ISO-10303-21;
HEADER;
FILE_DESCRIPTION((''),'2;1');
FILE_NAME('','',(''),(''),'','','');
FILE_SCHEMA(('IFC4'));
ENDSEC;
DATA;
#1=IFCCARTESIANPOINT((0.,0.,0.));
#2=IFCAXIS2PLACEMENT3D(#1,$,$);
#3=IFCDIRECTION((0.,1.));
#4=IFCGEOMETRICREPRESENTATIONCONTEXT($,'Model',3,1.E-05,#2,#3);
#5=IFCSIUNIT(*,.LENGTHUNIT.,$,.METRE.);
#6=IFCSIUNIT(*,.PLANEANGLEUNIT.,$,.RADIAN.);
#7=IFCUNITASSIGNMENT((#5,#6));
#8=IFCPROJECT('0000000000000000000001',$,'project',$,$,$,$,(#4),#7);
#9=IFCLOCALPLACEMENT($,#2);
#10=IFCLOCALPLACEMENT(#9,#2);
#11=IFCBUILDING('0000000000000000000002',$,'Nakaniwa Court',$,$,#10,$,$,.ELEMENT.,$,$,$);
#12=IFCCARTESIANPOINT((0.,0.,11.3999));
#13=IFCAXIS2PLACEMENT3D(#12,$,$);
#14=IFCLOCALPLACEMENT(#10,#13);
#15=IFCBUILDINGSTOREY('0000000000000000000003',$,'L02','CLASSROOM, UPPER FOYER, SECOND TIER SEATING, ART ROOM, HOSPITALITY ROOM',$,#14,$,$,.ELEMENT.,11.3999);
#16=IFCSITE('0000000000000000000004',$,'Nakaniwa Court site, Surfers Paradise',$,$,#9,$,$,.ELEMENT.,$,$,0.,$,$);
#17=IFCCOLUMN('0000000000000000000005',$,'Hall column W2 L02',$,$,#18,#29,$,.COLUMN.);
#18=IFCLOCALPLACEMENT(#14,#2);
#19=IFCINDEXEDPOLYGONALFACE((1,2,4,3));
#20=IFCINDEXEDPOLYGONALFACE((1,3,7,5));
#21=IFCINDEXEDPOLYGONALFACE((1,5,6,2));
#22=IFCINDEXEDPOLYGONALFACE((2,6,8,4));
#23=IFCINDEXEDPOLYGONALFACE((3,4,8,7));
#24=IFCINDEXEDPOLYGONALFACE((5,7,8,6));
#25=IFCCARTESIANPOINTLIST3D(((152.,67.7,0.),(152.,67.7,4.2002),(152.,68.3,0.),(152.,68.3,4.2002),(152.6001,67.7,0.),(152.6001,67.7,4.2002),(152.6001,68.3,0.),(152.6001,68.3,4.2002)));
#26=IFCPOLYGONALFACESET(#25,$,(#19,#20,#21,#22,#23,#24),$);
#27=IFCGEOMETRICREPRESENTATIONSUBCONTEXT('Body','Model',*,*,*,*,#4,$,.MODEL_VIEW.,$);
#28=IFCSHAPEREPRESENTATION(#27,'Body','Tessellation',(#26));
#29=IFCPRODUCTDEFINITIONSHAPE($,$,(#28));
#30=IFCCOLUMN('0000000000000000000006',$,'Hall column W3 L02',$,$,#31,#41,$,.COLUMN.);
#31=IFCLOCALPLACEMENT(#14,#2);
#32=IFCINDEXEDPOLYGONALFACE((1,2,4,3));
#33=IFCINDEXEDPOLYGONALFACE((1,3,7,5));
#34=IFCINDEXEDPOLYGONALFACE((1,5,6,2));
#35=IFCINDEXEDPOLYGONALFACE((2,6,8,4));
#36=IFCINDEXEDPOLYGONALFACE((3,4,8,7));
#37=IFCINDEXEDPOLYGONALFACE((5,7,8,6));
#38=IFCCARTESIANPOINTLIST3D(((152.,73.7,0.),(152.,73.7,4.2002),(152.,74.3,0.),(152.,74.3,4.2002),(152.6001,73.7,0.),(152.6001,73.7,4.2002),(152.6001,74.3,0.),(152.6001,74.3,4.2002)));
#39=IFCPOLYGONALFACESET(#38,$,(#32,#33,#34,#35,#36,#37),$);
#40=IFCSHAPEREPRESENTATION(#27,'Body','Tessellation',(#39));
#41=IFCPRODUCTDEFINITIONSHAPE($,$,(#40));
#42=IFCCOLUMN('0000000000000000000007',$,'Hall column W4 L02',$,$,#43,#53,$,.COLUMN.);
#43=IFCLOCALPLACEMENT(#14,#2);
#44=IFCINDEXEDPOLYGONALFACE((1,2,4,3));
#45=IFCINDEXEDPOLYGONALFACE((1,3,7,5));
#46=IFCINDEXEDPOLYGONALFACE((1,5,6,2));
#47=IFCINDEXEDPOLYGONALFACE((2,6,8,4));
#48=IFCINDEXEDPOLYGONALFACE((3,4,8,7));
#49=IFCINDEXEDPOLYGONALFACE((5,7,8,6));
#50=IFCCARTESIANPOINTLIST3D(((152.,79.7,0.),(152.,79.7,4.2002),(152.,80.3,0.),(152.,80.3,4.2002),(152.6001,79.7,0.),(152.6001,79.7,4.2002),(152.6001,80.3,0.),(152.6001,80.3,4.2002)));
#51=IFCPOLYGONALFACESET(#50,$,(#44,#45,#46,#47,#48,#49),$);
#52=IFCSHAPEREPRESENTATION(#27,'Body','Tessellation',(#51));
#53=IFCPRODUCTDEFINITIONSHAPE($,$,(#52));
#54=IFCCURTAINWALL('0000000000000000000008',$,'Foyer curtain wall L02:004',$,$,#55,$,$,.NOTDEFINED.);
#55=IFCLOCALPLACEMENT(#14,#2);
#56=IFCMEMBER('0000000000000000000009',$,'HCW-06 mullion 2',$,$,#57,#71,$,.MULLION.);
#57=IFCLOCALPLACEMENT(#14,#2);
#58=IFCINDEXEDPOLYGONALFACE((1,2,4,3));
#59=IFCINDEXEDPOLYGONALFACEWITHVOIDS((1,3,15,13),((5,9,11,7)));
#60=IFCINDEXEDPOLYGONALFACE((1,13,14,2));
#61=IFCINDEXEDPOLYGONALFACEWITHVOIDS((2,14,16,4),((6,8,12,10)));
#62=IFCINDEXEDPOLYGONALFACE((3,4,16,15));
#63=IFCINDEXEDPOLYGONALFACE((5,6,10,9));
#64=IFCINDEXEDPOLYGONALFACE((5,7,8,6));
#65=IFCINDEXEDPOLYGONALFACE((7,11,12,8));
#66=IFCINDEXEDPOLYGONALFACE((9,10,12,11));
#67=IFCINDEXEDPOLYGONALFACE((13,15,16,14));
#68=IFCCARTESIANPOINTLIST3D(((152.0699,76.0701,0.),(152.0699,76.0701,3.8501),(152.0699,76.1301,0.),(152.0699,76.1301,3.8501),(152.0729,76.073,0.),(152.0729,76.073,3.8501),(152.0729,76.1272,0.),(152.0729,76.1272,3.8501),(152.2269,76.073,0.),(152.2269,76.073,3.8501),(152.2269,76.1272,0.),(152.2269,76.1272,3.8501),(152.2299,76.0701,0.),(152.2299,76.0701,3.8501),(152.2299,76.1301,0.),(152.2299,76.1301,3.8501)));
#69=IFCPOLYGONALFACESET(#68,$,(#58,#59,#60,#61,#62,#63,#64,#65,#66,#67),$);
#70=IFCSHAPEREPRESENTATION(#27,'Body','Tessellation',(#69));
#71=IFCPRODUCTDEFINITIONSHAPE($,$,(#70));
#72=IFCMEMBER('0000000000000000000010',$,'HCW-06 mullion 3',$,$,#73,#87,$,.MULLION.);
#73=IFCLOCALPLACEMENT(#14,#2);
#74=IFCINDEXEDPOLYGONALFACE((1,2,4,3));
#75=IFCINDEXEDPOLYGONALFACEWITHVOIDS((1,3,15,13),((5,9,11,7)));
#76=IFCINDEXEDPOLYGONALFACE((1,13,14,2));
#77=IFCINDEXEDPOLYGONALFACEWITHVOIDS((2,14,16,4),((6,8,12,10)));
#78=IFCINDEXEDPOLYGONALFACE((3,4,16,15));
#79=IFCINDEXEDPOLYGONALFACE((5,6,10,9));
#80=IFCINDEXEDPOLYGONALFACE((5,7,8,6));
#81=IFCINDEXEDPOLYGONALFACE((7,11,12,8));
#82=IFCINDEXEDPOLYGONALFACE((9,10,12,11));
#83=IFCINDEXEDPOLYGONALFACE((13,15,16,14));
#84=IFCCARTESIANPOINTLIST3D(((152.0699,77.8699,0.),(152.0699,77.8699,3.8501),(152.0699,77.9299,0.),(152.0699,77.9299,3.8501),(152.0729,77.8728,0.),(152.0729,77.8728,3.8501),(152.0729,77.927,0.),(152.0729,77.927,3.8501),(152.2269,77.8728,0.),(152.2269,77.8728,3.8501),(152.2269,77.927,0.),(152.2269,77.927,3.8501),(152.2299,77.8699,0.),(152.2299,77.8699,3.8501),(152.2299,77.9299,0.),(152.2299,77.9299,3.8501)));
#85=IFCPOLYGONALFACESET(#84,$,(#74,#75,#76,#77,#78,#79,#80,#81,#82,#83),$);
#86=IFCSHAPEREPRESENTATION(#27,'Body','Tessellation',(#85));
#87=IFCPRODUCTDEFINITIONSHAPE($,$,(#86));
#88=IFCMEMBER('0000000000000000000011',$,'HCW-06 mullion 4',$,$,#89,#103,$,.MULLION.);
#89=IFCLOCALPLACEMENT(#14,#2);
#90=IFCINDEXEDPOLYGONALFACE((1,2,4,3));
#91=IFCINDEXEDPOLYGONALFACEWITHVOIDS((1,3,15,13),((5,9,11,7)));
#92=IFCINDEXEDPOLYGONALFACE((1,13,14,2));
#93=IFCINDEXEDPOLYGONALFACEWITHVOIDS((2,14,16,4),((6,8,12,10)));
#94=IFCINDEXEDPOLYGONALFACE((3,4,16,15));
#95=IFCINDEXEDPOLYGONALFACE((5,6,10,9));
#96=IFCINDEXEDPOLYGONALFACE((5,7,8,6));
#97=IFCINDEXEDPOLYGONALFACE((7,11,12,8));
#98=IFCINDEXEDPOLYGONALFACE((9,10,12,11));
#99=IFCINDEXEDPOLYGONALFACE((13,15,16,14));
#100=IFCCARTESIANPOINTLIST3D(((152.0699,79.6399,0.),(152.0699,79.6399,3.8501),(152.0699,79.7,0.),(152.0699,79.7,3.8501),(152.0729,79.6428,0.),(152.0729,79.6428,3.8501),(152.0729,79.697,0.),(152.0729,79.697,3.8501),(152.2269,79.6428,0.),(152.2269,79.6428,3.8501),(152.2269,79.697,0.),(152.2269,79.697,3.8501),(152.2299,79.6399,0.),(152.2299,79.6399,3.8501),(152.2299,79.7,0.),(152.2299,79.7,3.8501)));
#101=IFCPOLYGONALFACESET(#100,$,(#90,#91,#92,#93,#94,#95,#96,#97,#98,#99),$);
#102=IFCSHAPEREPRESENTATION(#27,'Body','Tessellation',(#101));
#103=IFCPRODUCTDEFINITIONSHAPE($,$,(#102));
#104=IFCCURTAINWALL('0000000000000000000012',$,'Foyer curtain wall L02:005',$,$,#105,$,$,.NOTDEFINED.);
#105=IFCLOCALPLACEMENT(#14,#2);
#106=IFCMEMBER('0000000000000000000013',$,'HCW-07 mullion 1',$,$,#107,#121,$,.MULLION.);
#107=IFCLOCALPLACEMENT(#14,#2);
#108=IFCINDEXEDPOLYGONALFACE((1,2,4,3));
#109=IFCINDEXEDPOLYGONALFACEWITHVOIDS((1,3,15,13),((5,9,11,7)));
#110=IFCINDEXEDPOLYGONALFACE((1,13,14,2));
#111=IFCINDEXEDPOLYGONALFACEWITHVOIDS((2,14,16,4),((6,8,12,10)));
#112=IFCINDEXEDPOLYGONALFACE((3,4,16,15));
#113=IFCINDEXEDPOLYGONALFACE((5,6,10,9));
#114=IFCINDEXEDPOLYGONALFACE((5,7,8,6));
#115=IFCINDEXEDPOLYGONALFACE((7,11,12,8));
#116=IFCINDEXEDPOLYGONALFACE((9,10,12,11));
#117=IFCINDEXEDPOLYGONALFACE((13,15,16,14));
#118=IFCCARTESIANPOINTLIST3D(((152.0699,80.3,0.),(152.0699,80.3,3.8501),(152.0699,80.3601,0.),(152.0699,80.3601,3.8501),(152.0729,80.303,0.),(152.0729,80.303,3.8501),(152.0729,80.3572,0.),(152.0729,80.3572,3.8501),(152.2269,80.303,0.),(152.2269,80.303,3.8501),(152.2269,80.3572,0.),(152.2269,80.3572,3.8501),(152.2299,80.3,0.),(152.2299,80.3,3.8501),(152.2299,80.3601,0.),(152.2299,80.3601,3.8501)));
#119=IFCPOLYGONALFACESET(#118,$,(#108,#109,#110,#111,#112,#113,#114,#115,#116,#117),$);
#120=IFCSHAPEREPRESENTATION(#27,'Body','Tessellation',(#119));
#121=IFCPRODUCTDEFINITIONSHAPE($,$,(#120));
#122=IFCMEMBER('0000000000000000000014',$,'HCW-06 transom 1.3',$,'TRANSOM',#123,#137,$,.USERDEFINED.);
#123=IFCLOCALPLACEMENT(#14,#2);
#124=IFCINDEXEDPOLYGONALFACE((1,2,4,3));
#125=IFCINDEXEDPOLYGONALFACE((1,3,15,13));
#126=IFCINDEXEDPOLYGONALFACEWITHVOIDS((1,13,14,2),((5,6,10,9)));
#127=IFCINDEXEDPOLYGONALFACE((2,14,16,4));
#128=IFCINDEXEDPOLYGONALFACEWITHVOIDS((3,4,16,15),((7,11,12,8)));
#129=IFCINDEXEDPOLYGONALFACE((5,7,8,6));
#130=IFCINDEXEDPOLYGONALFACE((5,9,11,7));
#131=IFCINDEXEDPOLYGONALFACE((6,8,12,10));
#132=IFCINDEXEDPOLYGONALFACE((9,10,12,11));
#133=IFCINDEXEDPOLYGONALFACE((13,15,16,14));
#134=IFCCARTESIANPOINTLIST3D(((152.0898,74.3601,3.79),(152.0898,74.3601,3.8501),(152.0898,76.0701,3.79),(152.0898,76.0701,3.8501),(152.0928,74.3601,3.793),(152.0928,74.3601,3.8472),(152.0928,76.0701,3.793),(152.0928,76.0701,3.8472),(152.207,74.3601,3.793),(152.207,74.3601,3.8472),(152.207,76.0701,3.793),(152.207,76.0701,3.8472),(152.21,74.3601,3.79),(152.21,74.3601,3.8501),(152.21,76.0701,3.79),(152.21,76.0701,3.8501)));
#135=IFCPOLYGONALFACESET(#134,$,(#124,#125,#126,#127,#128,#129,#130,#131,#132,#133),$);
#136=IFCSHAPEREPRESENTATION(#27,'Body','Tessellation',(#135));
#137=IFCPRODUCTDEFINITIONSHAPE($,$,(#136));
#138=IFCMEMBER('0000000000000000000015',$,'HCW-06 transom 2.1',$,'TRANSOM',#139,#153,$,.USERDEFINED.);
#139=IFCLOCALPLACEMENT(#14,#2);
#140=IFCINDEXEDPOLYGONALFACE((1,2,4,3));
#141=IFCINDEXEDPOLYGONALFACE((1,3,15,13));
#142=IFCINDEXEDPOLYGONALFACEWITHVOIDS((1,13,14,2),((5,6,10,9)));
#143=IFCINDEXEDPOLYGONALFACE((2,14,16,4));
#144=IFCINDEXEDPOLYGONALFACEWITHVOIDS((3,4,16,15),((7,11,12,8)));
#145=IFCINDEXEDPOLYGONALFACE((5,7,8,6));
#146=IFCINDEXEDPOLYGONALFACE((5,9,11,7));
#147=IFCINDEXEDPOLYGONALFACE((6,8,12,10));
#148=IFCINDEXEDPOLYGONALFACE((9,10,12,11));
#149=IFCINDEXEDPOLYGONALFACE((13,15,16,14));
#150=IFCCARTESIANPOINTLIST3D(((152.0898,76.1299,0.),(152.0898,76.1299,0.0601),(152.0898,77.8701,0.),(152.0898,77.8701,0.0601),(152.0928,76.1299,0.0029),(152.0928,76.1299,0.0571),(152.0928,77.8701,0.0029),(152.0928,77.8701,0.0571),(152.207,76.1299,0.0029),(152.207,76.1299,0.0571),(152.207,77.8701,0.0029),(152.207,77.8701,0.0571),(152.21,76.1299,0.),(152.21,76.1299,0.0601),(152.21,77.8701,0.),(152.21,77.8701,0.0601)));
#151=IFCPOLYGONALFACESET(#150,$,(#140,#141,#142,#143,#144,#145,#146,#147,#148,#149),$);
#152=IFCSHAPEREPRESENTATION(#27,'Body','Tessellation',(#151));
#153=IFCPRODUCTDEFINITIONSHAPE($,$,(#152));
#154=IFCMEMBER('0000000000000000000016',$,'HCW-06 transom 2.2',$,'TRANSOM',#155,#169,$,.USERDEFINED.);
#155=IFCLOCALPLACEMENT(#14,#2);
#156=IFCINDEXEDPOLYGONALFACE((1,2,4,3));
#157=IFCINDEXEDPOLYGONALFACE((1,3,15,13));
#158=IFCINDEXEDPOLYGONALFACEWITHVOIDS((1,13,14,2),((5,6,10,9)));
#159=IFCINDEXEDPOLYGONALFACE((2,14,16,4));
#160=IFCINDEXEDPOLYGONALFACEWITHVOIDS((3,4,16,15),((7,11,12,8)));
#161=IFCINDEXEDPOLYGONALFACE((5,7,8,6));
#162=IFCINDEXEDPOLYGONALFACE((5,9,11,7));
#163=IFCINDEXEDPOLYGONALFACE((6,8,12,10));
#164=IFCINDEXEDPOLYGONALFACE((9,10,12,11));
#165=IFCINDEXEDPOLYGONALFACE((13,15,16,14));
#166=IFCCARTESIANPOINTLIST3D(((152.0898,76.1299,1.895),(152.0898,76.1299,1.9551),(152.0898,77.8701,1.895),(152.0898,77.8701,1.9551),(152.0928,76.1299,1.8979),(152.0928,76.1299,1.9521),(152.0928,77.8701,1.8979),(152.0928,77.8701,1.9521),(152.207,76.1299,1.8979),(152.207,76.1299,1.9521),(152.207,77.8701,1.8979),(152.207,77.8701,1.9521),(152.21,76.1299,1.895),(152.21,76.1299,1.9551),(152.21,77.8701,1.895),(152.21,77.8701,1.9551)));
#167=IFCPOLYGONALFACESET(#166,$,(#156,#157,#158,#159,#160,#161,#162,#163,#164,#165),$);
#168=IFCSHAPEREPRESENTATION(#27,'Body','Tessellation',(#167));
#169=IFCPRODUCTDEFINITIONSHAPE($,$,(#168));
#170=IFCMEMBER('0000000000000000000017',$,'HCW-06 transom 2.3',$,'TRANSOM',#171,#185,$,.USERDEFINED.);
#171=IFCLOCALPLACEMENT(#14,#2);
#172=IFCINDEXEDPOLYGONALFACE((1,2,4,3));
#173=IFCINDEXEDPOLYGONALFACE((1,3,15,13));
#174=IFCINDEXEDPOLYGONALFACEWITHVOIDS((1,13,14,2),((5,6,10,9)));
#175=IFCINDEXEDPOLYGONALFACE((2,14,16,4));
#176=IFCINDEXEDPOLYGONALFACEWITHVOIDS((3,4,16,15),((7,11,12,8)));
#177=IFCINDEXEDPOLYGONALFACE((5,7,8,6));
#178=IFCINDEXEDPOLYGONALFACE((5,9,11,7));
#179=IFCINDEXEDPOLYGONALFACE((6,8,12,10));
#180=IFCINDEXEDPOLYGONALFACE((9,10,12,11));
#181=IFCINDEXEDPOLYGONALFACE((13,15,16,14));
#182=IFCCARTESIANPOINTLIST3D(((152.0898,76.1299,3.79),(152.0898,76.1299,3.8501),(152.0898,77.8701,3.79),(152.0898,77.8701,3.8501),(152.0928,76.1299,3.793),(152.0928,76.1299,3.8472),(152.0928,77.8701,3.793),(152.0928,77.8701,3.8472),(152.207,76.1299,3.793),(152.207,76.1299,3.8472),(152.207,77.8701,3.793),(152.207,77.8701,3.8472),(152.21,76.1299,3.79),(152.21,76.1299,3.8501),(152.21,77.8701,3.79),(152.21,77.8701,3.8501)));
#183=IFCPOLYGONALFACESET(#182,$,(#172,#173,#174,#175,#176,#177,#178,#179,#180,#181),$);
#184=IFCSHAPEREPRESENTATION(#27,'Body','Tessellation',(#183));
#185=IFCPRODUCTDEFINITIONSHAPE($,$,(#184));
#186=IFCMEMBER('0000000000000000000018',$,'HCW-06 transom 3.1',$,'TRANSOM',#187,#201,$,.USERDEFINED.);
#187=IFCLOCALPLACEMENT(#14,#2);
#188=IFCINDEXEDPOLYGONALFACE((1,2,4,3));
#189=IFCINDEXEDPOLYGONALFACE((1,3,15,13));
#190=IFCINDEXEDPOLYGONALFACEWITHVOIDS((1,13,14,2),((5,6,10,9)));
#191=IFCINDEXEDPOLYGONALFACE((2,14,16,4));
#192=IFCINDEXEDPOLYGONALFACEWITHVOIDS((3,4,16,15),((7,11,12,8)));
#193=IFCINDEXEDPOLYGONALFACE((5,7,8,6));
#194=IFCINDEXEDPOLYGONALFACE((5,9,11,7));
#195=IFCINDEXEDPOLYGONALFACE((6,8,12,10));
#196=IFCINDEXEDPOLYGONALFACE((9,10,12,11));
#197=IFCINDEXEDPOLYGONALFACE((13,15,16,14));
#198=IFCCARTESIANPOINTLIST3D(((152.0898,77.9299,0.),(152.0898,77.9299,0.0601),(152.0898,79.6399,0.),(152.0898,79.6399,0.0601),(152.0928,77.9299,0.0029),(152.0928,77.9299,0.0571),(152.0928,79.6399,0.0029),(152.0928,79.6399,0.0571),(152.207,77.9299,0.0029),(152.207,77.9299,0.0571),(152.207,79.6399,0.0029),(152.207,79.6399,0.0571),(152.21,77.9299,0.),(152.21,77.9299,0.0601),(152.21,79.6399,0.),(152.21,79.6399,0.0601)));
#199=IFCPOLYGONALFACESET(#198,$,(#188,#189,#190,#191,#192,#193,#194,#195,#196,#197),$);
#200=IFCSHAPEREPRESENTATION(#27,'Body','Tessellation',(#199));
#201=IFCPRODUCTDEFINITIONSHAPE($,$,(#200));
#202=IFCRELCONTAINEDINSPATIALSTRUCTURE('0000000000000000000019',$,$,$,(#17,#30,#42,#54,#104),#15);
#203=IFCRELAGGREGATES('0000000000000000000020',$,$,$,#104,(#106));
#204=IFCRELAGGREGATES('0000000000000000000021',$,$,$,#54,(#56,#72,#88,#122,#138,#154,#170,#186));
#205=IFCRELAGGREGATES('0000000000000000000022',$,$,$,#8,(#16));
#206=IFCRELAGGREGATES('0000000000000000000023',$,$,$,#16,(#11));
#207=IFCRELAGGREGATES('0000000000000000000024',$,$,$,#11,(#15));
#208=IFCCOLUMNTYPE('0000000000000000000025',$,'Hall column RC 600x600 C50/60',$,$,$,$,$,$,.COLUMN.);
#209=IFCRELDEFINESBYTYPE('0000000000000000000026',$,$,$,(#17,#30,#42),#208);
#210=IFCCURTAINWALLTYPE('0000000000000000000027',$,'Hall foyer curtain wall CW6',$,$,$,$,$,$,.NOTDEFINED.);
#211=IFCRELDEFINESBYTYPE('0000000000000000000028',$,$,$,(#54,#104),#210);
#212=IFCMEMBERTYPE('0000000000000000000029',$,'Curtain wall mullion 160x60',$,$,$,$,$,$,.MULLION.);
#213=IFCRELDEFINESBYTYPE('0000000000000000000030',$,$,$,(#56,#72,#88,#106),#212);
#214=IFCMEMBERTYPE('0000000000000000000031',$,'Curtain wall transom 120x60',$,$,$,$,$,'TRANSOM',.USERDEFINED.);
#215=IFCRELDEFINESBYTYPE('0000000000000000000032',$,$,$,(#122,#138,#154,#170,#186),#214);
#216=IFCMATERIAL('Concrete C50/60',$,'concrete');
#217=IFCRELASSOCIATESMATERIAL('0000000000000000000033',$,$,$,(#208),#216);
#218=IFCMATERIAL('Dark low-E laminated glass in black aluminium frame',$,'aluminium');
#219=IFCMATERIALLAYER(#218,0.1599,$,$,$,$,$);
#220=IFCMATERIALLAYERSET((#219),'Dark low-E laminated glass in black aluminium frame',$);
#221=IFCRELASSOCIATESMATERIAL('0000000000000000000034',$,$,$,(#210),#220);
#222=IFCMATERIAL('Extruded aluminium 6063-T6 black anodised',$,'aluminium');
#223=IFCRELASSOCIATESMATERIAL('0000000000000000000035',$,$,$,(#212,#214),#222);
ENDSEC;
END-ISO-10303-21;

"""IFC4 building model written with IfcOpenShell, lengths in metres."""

from ifc_helpers import new_model, si_unit, direction, frame, origin, origin_2d, place, context, subcontext, project, spatial, rectangle, hollow_rectangle, extrude, material, layer, layer_set, material_profile, profile_set, type_object, element, aggregate, save


model = new_model("IFC4")

# Units and contexts
model_context = context("Model", 3, precision=1e-05, world=origin(), true_north=direction((0.0, 1.0)))
body_context = subcontext(model_context, "Body", "Model", "MODEL_VIEW")
ifc_project = project(units=[si_unit("LENGTHUNIT", "METRE"), si_unit("PLANEANGLEUNIT", "RADIAN")], contexts=[model_context])

# Site, building, storey
site_placement = place(None, origin())
site = spatial("IfcSite", under=ifc_project, at=site_placement, Name="Nakaniwa Court site, Surfers Paradise", CompositionType="ELEMENT", RefElevation=0.0)
building_placement = place(site_placement, origin())
building = spatial("IfcBuilding", under=site, at=building_placement, Name="Nakaniwa Court", CompositionType="ELEMENT")
storey_placement = place(building_placement, frame((0.0, 0.0, 11.3999)))
storey = spatial("IfcBuildingStorey", under=building, at=storey_placement, Name="L02", Description="CLASSROOM, UPPER FOYER, SECOND TIER SEATING, ART ROOM, HOSPITALITY ROOM", CompositionType="ELEMENT", Elevation=11.3999)

# Columns
ifc_material_1 = material(Name="Concrete C50/60", Category="concrete")
ifc_material_profile_1 = material_profile(ifc_material_1, rectangle(XDim=0.6001, YDim=0.6001, at=origin_2d()), Name="RC 600x600")
ifc_profile_set_1 = profile_set([ifc_material_profile_1], Name="Concrete C50/60")
column_type = type_object("IfcColumnType", Name="Hall column RC 600x600 C50/60", PredefinedType="COLUMN", material=ifc_profile_set_1)
for number, where, z_axis, x_axis, name in (
    (1, (152.3, 68.0, 0.0), (0.0, 0.0, 1.0), (1.0, 0.0, 0.0), "Hall column W2 L02"),
    (2, (152.3, 74.0, 0.0), (0.0, 0.0, 1.0), (1.0, 0.0, 0.0), "Hall column W3 L02"),
    (3, (152.3, 80.0, 0.0), (0.0, 0.0, 1.0), (1.0, 0.0, 0.0), "Hall column W4 L02"),
):
    element("IfcColumn", number, at=place(storey_placement, frame(where, z_axis=z_axis, x_axis=x_axis)), inside=storey, type_object=column_type, Name=name, PredefinedType="COLUMN", context=body_context, shape_type="SweptSolid", body=[
        extrude(rectangle(XDim=0.6001, YDim=0.6001, at=origin_2d()), origin(), (0.0, 0.0, 1.0), 4.2002),
    ])

# Curtain wall, members
ifc_material_2 = material(Name="Dark low-E laminated glass in black aluminium frame", Category="aluminium")
ifc_layer_1 = layer(ifc_material_2, 0.1599)
ifc_layer_set_1 = layer_set([ifc_layer_1], Name="Dark low-E laminated glass in black aluminium frame")
curtain_wall_type = type_object("IfcCurtainWallType", Name="Hall foyer curtain wall CW6", PredefinedType="NOTDEFINED", material=ifc_layer_set_1)
curtain_wall_1_placement = place(storey_placement, origin())
curtain_wall_1 = element("IfcCurtainWall", 4, at=curtain_wall_1_placement, inside=storey, type_object=curtain_wall_type, Name="Foyer curtain wall L02:004", PredefinedType="NOTDEFINED")
ifc_material_3 = material(Name="Extruded aluminium 6063-T6 black anodised", Category="aluminium")
ifc_material_profile_2 = material_profile(ifc_material_3, hollow_rectangle(XDim=0.1599, YDim=0.0601, WallThickness=0.0029, at=origin_2d()), Name="CW mullion 160x60")
ifc_profile_set_2 = profile_set([ifc_material_profile_2], Name="Extruded aluminium 6063-T6 black anodised")
member_type_1 = type_object("IfcMemberType", Name="Curtain wall mullion 160x60", PredefinedType="MULLION", material=ifc_profile_set_2)
member_1_placement = place(storey_placement, frame((152.1499, 76.1001, 0.0), z_axis=(0.0, 0.0, 1.0), x_axis=(-1.0, 0.0, 0.0)))
member_1 = element("IfcMember", 5, at=member_1_placement, type_object=member_type_1, Name="HCW-06 mullion 2", PredefinedType="MULLION", context=body_context, shape_type="SweptSolid", body=[
    extrude(hollow_rectangle(XDim=0.1599, YDim=0.0601, WallThickness=0.0029, at=origin_2d()), origin(), (0.0, 0.0, 1.0), 3.8501),
])
member_2_placement = place(storey_placement, frame((152.1499, 77.8999, 0.0), z_axis=(0.0, 0.0, 1.0), x_axis=(-1.0, 0.0, 0.0)))
member_2 = element("IfcMember", 6, at=member_2_placement, type_object=member_type_1, Name="HCW-06 mullion 3", PredefinedType="MULLION", context=body_context, shape_type="SweptSolid", body=[
    extrude(hollow_rectangle(XDim=0.1599, YDim=0.0601, WallThickness=0.0029, at=origin_2d()), origin(), (0.0, 0.0, 1.0), 3.8501),
])
member_3_placement = place(storey_placement, frame((152.1499, 79.6699, 0.0), z_axis=(0.0, 0.0, 1.0), x_axis=(-1.0, 0.0, 0.0)))
member_3 = element("IfcMember", 7, at=member_3_placement, type_object=member_type_1, Name="HCW-06 mullion 4", PredefinedType="MULLION", context=body_context, shape_type="SweptSolid", body=[
    extrude(hollow_rectangle(XDim=0.1599, YDim=0.0601, WallThickness=0.0029, at=origin_2d()), origin(), (0.0, 0.0, 1.0), 3.8501),
])

# Curtain wall, member
curtain_wall_2_placement = place(storey_placement, origin())
curtain_wall_2 = element("IfcCurtainWall", 8, at=curtain_wall_2_placement, inside=storey, type_object=curtain_wall_type, Name="Foyer curtain wall L02:005", PredefinedType="NOTDEFINED")
member_4_placement = place(storey_placement, frame((152.1499, 80.3301, 0.0), z_axis=(0.0, 0.0, 1.0), x_axis=(-1.0, 0.0, 0.0)))
member_4 = element("IfcMember", 9, at=member_4_placement, type_object=member_type_1, Name="HCW-07 mullion 1", PredefinedType="MULLION", context=body_context, shape_type="SweptSolid", body=[
    extrude(hollow_rectangle(XDim=0.1599, YDim=0.0601, WallThickness=0.0029, at=origin_2d()), origin(), (0.0, 0.0, 1.0), 3.8501),
])

# Members
ifc_material_profile_3 = material_profile(ifc_material_3, hollow_rectangle(XDim=0.1201, YDim=0.0601, WallThickness=0.0029, at=origin_2d()), Name="CW transom 120x60")
ifc_profile_set_3 = profile_set([ifc_material_profile_3], Name="Extruded aluminium 6063-T6 black anodised")
member_type_2 = type_object("IfcMemberType", Name="Curtain wall transom 120x60", ElementType="TRANSOM", PredefinedType="USERDEFINED", material=ifc_profile_set_3)
member_5_placement = place(storey_placement, frame((152.1499, 74.3601, 3.8201), z_axis=(0.0, 1.0, 0.0), x_axis=(-1.0, 0.0, 0.0)))
member_5 = element("IfcMember", 10, at=member_5_placement, type_object=member_type_2, Name="HCW-06 transom 1.3", ObjectType="TRANSOM", PredefinedType="USERDEFINED", context=body_context, shape_type="SweptSolid", body=[
    extrude(hollow_rectangle(XDim=0.1201, YDim=0.0601, WallThickness=0.0029, at=origin_2d()), origin(), (0.0, 0.0, 1.0), 1.71),
])
member_6_placement = place(storey_placement, frame((152.1499, 76.1299, 0.03), z_axis=(0.0, 1.0, 0.0), x_axis=(-1.0, 0.0, 0.0)))
member_6 = element("IfcMember", 11, at=member_6_placement, type_object=member_type_2, Name="HCW-06 transom 2.1", ObjectType="TRANSOM", PredefinedType="USERDEFINED", context=body_context, shape_type="SweptSolid", body=[
    extrude(hollow_rectangle(XDim=0.1201, YDim=0.0601, WallThickness=0.0029, at=origin_2d()), origin(), (0.0, 0.0, 1.0), 1.7402),
])
member_7_placement = place(storey_placement, frame((152.1499, 76.1299, 1.925), z_axis=(0.0, 1.0, 0.0), x_axis=(-1.0, 0.0, 0.0)))
member_7 = element("IfcMember", 12, at=member_7_placement, type_object=member_type_2, Name="HCW-06 transom 2.2", ObjectType="TRANSOM", PredefinedType="USERDEFINED", context=body_context, shape_type="SweptSolid", body=[
    extrude(hollow_rectangle(XDim=0.1201, YDim=0.0601, WallThickness=0.0029, at=origin_2d()), origin(), (0.0, 0.0, 1.0), 1.7402),
])
member_8_placement = place(storey_placement, frame((152.1499, 76.1299, 3.8201), z_axis=(0.0, 1.0, 0.0), x_axis=(-1.0, 0.0, 0.0)))
member_8 = element("IfcMember", 13, at=member_8_placement, type_object=member_type_2, Name="HCW-06 transom 2.3", ObjectType="TRANSOM", PredefinedType="USERDEFINED", context=body_context, shape_type="SweptSolid", body=[
    extrude(hollow_rectangle(XDim=0.1201, YDim=0.0601, WallThickness=0.0029, at=origin_2d()), origin(), (0.0, 0.0, 1.0), 1.7402),
])
member_9_placement = place(storey_placement, frame((152.1499, 77.9299, 0.03), z_axis=(0.0, 1.0, 0.0), x_axis=(-1.0, 0.0, 0.0)))
member_9 = element("IfcMember", 14, at=member_9_placement, type_object=member_type_2, Name="HCW-06 transom 3.1", ObjectType="TRANSOM", PredefinedType="USERDEFINED", context=body_context, shape_type="SweptSolid", body=[
    extrude(hollow_rectangle(XDim=0.1201, YDim=0.0601, WallThickness=0.0029, at=origin_2d()), origin(), (0.0, 0.0, 1.0), 1.71),
])
aggregate(curtain_wall_2, [member_4])

aggregate(curtain_wall_1, [member_1, member_2, member_3, member_5, member_6, member_7, member_8, member_9])

save(model, "model.ifc")
